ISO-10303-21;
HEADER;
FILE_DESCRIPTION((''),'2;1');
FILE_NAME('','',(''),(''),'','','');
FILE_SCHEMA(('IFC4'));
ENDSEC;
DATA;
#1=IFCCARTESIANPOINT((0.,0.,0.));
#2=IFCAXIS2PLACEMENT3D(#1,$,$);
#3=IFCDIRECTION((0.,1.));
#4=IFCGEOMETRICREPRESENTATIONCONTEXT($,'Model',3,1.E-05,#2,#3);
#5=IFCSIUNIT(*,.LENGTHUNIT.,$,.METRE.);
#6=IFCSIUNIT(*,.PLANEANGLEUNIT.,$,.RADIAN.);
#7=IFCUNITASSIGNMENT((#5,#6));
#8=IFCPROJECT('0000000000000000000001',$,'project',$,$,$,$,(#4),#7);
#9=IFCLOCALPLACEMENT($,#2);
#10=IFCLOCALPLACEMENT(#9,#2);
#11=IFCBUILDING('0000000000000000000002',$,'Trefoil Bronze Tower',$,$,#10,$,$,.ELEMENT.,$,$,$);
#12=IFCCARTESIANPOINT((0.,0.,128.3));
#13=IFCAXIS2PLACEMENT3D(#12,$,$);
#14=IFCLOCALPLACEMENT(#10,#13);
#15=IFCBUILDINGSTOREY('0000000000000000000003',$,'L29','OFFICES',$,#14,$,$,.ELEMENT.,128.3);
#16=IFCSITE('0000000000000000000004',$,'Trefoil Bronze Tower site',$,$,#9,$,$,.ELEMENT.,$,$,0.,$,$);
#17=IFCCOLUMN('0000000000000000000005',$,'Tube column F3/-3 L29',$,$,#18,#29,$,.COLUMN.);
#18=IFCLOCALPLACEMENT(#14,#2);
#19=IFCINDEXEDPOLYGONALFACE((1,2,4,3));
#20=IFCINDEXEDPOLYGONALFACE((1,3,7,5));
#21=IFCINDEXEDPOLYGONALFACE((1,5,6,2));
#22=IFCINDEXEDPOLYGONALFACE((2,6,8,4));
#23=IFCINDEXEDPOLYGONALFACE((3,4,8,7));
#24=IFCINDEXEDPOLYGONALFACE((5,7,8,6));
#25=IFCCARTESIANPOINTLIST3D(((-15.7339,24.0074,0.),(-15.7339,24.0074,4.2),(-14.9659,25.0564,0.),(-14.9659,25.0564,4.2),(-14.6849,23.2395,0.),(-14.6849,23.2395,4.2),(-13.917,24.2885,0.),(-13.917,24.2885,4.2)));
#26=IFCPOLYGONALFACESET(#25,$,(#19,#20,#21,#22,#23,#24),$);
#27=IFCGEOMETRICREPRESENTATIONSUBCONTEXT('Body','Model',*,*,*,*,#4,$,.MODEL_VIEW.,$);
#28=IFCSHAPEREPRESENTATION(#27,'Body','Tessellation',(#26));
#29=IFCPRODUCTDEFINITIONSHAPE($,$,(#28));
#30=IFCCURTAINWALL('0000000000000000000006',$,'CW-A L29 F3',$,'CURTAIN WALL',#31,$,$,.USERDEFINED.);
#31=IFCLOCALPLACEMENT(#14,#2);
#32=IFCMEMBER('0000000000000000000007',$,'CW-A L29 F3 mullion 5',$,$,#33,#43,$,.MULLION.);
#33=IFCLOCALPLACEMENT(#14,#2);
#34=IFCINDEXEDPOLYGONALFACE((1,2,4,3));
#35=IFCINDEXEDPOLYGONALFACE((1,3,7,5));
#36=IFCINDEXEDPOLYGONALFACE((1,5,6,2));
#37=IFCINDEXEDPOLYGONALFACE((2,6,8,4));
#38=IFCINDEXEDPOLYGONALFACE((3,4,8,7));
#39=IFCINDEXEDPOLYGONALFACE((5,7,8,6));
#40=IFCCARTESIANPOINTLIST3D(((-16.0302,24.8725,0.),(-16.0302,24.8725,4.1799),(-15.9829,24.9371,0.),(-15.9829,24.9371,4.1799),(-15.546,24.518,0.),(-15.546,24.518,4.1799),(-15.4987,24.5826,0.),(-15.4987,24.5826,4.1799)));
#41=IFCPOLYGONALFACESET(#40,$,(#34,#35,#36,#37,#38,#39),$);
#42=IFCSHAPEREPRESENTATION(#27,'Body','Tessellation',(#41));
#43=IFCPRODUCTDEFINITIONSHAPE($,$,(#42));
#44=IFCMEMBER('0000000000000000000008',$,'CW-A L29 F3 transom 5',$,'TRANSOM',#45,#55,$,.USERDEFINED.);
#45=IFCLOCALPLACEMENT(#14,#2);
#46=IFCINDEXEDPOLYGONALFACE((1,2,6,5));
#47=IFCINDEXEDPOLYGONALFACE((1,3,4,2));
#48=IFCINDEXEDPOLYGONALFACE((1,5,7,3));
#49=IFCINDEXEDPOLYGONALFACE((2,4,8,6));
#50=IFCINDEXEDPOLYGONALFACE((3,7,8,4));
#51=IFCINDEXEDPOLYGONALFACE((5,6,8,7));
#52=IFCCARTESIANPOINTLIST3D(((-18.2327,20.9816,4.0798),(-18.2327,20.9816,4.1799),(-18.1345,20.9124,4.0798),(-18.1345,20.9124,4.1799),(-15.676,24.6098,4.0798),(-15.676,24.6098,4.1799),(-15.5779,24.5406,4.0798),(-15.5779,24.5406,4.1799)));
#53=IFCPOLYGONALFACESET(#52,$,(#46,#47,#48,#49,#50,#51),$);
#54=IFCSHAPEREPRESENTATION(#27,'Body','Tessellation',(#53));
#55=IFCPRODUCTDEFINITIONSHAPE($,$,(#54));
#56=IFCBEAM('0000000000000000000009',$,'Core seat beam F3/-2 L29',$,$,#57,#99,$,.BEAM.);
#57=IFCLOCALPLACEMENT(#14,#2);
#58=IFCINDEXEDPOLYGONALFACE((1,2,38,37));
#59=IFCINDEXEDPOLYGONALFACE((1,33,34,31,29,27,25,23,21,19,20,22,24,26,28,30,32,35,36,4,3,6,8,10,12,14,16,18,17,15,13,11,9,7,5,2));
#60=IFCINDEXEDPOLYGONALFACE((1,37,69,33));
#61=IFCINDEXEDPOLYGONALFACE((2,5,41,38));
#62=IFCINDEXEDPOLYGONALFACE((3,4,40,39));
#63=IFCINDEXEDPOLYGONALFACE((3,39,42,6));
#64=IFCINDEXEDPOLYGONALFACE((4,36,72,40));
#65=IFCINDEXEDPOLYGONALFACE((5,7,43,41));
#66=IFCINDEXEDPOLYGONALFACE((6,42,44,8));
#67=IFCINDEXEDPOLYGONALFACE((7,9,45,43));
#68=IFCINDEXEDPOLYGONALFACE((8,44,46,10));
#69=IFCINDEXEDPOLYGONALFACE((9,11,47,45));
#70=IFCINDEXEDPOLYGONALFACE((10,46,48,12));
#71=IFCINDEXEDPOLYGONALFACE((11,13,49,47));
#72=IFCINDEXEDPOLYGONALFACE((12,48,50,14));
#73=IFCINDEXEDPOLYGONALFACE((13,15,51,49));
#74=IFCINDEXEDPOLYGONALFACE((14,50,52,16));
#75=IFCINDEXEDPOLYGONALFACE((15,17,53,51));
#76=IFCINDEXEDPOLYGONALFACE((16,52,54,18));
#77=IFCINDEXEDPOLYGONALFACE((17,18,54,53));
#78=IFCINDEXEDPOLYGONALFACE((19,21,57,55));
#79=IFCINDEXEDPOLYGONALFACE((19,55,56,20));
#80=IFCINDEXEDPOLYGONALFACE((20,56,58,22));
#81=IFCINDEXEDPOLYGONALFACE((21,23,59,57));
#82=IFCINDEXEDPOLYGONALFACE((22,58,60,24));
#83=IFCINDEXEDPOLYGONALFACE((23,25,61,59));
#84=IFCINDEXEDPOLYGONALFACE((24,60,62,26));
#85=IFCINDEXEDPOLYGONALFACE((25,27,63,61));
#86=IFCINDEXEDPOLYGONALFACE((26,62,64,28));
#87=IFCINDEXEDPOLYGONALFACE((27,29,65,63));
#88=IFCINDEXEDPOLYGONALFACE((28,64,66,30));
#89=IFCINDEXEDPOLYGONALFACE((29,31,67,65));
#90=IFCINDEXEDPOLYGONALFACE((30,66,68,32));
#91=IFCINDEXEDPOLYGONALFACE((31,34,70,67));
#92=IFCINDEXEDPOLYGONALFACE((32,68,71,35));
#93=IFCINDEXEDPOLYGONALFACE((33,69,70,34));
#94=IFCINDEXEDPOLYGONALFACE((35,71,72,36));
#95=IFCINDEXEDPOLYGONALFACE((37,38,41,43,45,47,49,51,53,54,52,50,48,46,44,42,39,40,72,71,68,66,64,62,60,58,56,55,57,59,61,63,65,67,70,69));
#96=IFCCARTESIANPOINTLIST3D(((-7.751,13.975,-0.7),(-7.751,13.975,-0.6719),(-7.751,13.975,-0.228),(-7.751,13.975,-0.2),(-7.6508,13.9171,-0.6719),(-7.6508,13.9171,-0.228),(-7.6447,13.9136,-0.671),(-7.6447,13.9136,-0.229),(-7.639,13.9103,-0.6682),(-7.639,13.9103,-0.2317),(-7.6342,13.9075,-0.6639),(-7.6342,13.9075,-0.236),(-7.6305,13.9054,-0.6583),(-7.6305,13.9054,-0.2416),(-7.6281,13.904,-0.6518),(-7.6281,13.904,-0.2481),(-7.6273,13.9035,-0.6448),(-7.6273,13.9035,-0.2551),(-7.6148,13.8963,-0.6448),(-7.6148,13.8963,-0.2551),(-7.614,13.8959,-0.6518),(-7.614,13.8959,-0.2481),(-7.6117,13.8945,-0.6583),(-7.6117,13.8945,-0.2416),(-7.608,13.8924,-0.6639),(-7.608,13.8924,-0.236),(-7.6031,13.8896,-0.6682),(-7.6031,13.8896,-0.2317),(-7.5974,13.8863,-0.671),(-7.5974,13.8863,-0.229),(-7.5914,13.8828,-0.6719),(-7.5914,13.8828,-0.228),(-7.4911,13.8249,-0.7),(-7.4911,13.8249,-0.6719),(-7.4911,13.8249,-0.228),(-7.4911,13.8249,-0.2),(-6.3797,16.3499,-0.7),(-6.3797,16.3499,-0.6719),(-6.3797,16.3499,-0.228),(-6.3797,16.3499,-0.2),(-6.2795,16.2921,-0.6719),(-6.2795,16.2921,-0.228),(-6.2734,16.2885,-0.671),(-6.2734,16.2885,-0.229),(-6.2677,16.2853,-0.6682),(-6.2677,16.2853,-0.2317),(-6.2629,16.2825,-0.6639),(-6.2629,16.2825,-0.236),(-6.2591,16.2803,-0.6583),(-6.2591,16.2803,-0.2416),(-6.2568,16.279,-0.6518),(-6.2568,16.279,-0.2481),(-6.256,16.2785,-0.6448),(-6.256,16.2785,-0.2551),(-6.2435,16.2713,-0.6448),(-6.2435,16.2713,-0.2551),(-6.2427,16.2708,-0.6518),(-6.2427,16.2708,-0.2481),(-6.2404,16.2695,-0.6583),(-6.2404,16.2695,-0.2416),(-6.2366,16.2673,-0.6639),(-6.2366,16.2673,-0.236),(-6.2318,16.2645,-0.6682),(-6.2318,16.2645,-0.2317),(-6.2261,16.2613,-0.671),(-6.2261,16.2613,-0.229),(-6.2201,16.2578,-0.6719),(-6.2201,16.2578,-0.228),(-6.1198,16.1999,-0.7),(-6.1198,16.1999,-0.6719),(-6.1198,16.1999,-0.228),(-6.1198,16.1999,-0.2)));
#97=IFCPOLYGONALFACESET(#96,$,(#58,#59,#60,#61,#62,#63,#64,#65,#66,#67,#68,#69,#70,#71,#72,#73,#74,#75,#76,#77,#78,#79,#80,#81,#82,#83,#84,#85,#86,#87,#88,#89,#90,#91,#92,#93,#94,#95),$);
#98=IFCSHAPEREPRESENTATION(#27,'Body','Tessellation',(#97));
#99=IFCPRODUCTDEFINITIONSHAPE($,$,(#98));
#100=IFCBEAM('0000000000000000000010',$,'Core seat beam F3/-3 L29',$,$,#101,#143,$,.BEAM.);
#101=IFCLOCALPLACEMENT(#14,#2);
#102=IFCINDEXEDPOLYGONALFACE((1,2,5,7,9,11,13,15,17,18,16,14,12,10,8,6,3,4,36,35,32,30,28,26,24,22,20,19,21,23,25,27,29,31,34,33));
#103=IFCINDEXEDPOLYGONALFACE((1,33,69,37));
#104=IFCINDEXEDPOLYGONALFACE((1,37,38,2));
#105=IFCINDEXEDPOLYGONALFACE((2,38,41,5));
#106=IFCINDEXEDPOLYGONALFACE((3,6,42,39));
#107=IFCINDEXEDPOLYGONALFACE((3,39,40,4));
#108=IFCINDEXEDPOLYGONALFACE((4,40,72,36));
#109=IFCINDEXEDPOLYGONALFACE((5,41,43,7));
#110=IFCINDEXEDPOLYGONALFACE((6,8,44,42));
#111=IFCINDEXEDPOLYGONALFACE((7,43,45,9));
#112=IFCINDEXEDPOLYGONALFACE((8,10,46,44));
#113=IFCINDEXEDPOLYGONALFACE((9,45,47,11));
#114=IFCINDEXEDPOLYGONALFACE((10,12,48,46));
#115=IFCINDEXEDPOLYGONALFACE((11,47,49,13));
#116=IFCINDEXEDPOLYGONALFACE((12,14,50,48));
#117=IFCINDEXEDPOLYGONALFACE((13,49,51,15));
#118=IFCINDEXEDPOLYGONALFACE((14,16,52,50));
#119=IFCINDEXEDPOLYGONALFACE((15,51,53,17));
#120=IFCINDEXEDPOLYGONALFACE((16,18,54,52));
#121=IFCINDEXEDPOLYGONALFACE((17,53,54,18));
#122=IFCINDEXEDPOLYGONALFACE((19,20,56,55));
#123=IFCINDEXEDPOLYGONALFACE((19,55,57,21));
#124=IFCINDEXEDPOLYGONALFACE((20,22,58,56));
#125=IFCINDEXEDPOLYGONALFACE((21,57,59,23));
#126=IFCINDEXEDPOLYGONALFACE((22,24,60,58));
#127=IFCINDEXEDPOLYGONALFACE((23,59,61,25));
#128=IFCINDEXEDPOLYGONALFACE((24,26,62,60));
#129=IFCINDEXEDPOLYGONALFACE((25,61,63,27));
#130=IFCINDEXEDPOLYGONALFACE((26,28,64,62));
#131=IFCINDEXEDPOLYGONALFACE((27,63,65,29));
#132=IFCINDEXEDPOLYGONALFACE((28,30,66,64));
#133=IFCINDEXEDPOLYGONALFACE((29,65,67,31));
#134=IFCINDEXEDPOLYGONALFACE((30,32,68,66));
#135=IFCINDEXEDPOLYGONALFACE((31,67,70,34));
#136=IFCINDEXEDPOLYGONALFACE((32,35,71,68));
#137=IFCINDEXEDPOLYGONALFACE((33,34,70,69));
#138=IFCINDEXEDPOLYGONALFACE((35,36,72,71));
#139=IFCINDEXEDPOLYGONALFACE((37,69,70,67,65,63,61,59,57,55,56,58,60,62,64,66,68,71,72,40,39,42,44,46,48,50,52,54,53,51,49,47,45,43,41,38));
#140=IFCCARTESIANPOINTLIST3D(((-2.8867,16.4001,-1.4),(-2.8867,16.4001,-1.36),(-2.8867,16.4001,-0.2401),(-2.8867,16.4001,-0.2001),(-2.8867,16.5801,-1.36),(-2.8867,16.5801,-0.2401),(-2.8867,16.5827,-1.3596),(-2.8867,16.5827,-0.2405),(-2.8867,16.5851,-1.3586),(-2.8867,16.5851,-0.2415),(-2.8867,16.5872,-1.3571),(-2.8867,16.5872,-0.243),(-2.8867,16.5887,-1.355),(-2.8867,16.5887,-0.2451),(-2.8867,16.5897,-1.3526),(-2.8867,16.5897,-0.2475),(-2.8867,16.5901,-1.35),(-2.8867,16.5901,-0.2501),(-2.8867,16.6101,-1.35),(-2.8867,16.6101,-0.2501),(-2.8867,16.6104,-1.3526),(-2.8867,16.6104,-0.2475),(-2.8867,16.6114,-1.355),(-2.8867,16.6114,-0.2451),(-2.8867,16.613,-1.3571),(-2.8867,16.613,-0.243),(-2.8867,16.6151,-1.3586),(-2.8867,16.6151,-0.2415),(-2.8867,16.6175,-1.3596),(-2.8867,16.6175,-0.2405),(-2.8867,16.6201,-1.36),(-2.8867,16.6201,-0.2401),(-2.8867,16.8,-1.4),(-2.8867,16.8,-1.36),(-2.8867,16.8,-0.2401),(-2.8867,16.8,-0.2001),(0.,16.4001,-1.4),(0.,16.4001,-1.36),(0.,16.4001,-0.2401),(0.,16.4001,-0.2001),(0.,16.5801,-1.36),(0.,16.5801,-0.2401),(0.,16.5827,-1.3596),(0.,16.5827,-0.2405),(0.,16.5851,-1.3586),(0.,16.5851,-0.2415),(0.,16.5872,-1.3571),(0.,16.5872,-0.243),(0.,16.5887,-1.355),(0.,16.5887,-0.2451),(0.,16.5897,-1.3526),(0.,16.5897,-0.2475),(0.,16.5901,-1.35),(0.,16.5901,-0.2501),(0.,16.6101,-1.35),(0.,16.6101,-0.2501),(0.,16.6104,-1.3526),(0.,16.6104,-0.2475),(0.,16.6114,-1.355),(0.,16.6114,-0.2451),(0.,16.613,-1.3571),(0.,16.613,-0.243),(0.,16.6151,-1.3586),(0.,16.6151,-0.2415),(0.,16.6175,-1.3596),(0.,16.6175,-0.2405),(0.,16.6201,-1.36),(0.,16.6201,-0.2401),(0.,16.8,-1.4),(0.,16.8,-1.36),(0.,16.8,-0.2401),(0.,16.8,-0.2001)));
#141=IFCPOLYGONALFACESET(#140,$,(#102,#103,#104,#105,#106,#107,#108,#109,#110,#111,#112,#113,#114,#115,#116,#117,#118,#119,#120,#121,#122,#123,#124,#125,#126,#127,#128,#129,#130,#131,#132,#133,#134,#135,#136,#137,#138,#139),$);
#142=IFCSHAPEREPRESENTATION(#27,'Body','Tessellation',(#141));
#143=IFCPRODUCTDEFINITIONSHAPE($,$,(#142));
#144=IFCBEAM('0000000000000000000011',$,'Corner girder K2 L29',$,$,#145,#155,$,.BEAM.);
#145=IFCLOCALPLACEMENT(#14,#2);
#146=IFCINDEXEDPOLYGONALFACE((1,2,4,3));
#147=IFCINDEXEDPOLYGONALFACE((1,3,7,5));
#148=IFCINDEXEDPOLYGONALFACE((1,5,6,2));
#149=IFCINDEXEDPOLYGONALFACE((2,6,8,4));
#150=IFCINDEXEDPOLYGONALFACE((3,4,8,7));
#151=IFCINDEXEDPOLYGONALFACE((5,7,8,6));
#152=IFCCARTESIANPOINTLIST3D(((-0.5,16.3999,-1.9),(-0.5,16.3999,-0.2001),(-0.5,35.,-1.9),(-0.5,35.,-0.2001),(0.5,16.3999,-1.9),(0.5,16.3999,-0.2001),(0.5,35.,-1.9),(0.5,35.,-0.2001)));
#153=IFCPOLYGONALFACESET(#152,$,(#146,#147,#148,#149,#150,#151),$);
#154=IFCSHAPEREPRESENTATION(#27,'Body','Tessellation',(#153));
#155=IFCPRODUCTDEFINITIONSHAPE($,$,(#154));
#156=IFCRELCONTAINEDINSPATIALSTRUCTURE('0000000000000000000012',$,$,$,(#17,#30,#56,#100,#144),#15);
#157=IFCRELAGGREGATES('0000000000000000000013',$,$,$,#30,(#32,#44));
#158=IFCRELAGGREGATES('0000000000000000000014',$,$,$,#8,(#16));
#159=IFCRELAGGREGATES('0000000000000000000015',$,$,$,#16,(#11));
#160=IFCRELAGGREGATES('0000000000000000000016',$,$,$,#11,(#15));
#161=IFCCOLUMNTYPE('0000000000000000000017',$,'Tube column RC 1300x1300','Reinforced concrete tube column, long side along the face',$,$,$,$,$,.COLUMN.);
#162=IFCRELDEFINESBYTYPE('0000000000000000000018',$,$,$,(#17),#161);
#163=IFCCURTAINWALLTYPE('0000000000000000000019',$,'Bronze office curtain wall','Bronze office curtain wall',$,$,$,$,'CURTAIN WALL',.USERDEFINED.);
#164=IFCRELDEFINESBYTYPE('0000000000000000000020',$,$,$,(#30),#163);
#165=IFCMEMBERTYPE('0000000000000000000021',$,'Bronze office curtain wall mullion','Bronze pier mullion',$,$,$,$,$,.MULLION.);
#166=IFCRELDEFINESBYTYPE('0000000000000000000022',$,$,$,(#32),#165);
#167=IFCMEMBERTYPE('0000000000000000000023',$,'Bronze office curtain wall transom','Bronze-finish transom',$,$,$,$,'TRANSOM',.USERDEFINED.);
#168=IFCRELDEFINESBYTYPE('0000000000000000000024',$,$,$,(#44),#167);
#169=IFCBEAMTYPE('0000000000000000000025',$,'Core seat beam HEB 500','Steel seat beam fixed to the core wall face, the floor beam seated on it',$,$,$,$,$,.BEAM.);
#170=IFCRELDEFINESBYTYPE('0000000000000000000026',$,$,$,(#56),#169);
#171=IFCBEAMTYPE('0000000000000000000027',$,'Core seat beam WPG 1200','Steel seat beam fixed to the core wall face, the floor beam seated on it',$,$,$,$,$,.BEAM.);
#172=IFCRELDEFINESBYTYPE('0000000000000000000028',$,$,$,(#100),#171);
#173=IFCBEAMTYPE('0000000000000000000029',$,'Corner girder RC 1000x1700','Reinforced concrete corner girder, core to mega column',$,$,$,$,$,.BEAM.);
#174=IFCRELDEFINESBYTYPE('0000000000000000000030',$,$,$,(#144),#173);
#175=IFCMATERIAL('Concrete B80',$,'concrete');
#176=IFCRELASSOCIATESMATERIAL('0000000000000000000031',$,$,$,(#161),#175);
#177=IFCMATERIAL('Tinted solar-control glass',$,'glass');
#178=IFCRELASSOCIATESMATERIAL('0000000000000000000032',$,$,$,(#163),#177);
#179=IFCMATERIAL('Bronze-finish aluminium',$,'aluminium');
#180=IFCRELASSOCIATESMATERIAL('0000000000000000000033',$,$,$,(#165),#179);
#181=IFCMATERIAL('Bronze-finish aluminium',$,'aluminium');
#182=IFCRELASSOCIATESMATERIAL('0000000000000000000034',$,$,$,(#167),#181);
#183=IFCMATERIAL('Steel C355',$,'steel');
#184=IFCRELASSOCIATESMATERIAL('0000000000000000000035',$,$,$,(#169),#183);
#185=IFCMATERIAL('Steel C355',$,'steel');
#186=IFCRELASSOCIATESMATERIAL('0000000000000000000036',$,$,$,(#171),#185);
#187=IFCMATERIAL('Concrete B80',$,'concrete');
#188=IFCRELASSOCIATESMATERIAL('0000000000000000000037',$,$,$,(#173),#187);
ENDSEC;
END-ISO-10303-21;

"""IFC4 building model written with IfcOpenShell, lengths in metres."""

from ifc_helpers import new_model, si_unit, direction, frame, origin, origin_2d, place, context, subcontext, project, spatial, rectangle, i_section, extrude, material, material_profile, profile_set, type_object, element, aggregate, save


model = new_model("IFC4")

# Units and contexts
model_context = context("Model", 3, precision=1e-05, world=origin(), true_north=direction((0.0, 1.0)))
body_context = subcontext(model_context, "Body", "Model", "MODEL_VIEW")
ifc_project = project(units=[si_unit("LENGTHUNIT", "METRE"), si_unit("PLANEANGLEUNIT", "RADIAN")], contexts=[model_context])

# Site, building, storey
site_placement = place(None, origin())
site = spatial("IfcSite", under=ifc_project, at=site_placement, Name="Trefoil Bronze Tower site", CompositionType="ELEMENT", RefElevation=0.0)
building_placement = place(site_placement, origin())
building = spatial("IfcBuilding", under=site, at=building_placement, Name="Trefoil Bronze Tower", CompositionType="ELEMENT")
storey_placement = place(building_placement, frame((0.0, 0.0, 128.3)))
storey = spatial("IfcBuildingStorey", under=building, at=storey_placement, Name="L29", Description="OFFICES", CompositionType="ELEMENT", Elevation=128.3)

# Column
ifc_material_1 = material(Name="Concrete B80", Category="concrete")
ifc_material_profile_1 = material_profile(ifc_material_1, rectangle(XDim=1.3, YDim=1.3, at=origin_2d()), Name="RC 1300x1300")
ifc_profile_set_1 = profile_set([ifc_material_profile_1], Name="Concrete B80")
column_type = type_object("IfcColumnType", Name="Tube column RC 1300x1300", Description="Reinforced concrete tube column, long side along the face", PredefinedType="COLUMN", material=ifc_profile_set_1)
column_placement = place(storey_placement, frame((-14.8254, 24.1479, 0.0), z_axis=(0.0, 0.0, 1.0), x_axis=(-0.590723, -0.806875, 0.0)))
element("IfcColumn", 1, at=column_placement, inside=storey, type_object=column_type, Name="Tube column F3/-3 L29", PredefinedType="COLUMN", context=body_context, shape_type="SweptSolid", body=[
    extrude(rectangle(XDim=1.3, YDim=1.3, at=origin_2d()), origin(), (0.0, 0.0, 1.0), 4.2),
])

# Curtain wall, members
ifc_material_2 = material(Name="Tinted solar-control glass", Category="glass")
curtain_wall_type = type_object("IfcCurtainWallType", Name="Bronze office curtain wall", Description="Bronze office curtain wall", ElementType="CURTAIN WALL", PredefinedType="USERDEFINED", material=ifc_material_2)
curtain_wall_placement = place(storey_placement, origin())
curtain_wall = element("IfcCurtainWall", 2, at=curtain_wall_placement, inside=storey, type_object=curtain_wall_type, Name="CW-A L29 F3", ObjectType="CURTAIN WALL", PredefinedType="USERDEFINED")
ifc_material_3 = material(Name="Bronze-finish aluminium", Category="aluminium")
ifc_material_profile_2 = material_profile(ifc_material_3, rectangle(XDim=0.6001, YDim=0.0801, at=origin_2d()), Name="CW-A mullion")
ifc_profile_set_2 = profile_set([ifc_material_profile_2], Name="Bronze-finish aluminium")
member_type_1 = type_object("IfcMemberType", Name="Bronze office curtain wall mullion", Description="Bronze pier mullion", PredefinedType="MULLION", material=ifc_profile_set_2)
member_1_placement = place(storey_placement, frame((-15.7644, 24.7275, 0.0), z_axis=(0.0, 0.0, 1.0), x_axis=(0.806875, -0.590723, 0.0)))
member_1 = element("IfcMember", 3, at=member_1_placement, type_object=member_type_1, Name="CW-A L29 F3 mullion 5", PredefinedType="MULLION", context=body_context, shape_type="SweptSolid", body=[
    extrude(rectangle(XDim=0.6001, YDim=0.0801, at=origin_2d()), origin(), (0.0, 0.0, 1.0), 4.1799),
])
ifc_material_4 = material(Name="Bronze-finish aluminium", Category="aluminium")
ifc_material_profile_3 = material_profile(ifc_material_4, rectangle(XDim=0.1201, YDim=0.1001, at=origin_2d()), Name="CW-A transom")
ifc_profile_set_3 = profile_set([ifc_material_profile_3], Name="Bronze-finish aluminium")
member_type_2 = type_object("IfcMemberType", Name="Bronze office curtain wall transom", Description="Bronze-finish transom", ElementType="TRANSOM", PredefinedType="USERDEFINED", material=ifc_profile_set_3)
member_2_placement = place(storey_placement, frame((-15.627, 24.5752, 4.1299), z_axis=(-0.576018, -0.817437, 0.0), x_axis=(0.817437, -0.576018, 0.0)))
member_2 = element("IfcMember", 4, at=member_2_placement, type_object=member_type_2, Name="CW-A L29 F3 transom 5", ObjectType="TRANSOM", PredefinedType="USERDEFINED", context=body_context, shape_type="SweptSolid", body=[
    extrude(rectangle(XDim=0.1201, YDim=0.1001, at=origin_2d()), origin(), (0.0, 0.0, 1.0), 4.4385),
])

# Beams
ifc_material_5 = material(Name="Steel C355", Category="steel")
ifc_material_profile_4 = material_profile(ifc_material_5, i_section(OverallWidth=0.3, OverallDepth=0.5, WebThickness=0.0144, FlangeThickness=0.0281, FilletRadius=0.0271, at=origin_2d()), Name="HEB 500")
ifc_profile_set_4 = profile_set([ifc_material_profile_4], Name="Steel C355")
beam_type_1 = type_object("IfcBeamType", Name="Core seat beam HEB 500", Description="Steel seat beam fixed to the core wall face, the floor beam seated on it", PredefinedType="BEAM", material=ifc_profile_set_4)
beam_1_placement = place(storey_placement, frame((-6.2498, 16.2749, -0.45), z_axis=(-0.500036, -0.866005, 0.0), x_axis=(0.866005, -0.500036, 0.0)))
element("IfcBeam", 5, at=beam_1_placement, inside=storey, type_object=beam_type_1, Name="Core seat beam F3/-2 L29", PredefinedType="BEAM", context=body_context, shape_type="SweptSolid", body=[
    extrude(i_section(OverallWidth=0.3, OverallDepth=0.5, WebThickness=0.0144, FlangeThickness=0.0281, FilletRadius=0.0271, at=origin_2d()), origin(), (0.0, 0.0, 1.0), 2.7424),
])
ifc_material_6 = material(Name="Steel C355", Category="steel")
ifc_material_profile_5 = material_profile(ifc_material_6, i_section(OverallWidth=0.3999, OverallDepth=1.2, WebThickness=0.02, FlangeThickness=0.04, FilletRadius=0.01, at=origin_2d()), Name="WPG 1200")
ifc_profile_set_5 = profile_set([ifc_material_profile_5], Name="Steel C355")
beam_type_2 = type_object("IfcBeamType", Name="Core seat beam WPG 1200", Description="Steel seat beam fixed to the core wall face, the floor beam seated on it", PredefinedType="BEAM", material=ifc_profile_set_5)
beam_2_placement = place(storey_placement, frame((0.0, 16.6001, -0.8), z_axis=(-1.0, 0.0, 0.0), x_axis=(0.0, -1.0, 0.0)))
element("IfcBeam", 6, at=beam_2_placement, inside=storey, type_object=beam_type_2, Name="Core seat beam F3/-3 L29", PredefinedType="BEAM", context=body_context, shape_type="SweptSolid", body=[
    extrude(i_section(OverallWidth=0.3999, OverallDepth=1.2, WebThickness=0.02, FlangeThickness=0.04, FilletRadius=0.01, at=origin_2d()), origin(), (0.0, 0.0, 1.0), 2.8867),
])
ifc_material_7 = material(Name="Concrete B80", Category="concrete")
ifc_material_profile_6 = material_profile(ifc_material_7, rectangle(XDim=1.0, YDim=1.7, at=origin_2d()), Name="RC 1000x1700")
ifc_profile_set_6 = profile_set([ifc_material_profile_6], Name="Concrete B80")
beam_type_3 = type_object("IfcBeamType", Name="Corner girder RC 1000x1700", Description="Reinforced concrete corner girder, core to mega column", PredefinedType="BEAM", material=ifc_profile_set_6)
beam_3_placement = place(storey_placement, frame((0.0, 16.3999, -1.05), z_axis=(0.0, 1.0, 0.0), x_axis=(-1.0, 0.0, 0.0)))
element("IfcBeam", 7, at=beam_3_placement, inside=storey, type_object=beam_type_3, Name="Corner girder K2 L29", PredefinedType="BEAM", context=body_context, shape_type="SweptSolid", body=[
    extrude(rectangle(XDim=1.0, YDim=1.7, at=origin_2d()), origin(), (0.0, 0.0, 1.0), 18.6001),
])

aggregate(curtain_wall, [member_1, member_2])

save(model, "model.ifc")
